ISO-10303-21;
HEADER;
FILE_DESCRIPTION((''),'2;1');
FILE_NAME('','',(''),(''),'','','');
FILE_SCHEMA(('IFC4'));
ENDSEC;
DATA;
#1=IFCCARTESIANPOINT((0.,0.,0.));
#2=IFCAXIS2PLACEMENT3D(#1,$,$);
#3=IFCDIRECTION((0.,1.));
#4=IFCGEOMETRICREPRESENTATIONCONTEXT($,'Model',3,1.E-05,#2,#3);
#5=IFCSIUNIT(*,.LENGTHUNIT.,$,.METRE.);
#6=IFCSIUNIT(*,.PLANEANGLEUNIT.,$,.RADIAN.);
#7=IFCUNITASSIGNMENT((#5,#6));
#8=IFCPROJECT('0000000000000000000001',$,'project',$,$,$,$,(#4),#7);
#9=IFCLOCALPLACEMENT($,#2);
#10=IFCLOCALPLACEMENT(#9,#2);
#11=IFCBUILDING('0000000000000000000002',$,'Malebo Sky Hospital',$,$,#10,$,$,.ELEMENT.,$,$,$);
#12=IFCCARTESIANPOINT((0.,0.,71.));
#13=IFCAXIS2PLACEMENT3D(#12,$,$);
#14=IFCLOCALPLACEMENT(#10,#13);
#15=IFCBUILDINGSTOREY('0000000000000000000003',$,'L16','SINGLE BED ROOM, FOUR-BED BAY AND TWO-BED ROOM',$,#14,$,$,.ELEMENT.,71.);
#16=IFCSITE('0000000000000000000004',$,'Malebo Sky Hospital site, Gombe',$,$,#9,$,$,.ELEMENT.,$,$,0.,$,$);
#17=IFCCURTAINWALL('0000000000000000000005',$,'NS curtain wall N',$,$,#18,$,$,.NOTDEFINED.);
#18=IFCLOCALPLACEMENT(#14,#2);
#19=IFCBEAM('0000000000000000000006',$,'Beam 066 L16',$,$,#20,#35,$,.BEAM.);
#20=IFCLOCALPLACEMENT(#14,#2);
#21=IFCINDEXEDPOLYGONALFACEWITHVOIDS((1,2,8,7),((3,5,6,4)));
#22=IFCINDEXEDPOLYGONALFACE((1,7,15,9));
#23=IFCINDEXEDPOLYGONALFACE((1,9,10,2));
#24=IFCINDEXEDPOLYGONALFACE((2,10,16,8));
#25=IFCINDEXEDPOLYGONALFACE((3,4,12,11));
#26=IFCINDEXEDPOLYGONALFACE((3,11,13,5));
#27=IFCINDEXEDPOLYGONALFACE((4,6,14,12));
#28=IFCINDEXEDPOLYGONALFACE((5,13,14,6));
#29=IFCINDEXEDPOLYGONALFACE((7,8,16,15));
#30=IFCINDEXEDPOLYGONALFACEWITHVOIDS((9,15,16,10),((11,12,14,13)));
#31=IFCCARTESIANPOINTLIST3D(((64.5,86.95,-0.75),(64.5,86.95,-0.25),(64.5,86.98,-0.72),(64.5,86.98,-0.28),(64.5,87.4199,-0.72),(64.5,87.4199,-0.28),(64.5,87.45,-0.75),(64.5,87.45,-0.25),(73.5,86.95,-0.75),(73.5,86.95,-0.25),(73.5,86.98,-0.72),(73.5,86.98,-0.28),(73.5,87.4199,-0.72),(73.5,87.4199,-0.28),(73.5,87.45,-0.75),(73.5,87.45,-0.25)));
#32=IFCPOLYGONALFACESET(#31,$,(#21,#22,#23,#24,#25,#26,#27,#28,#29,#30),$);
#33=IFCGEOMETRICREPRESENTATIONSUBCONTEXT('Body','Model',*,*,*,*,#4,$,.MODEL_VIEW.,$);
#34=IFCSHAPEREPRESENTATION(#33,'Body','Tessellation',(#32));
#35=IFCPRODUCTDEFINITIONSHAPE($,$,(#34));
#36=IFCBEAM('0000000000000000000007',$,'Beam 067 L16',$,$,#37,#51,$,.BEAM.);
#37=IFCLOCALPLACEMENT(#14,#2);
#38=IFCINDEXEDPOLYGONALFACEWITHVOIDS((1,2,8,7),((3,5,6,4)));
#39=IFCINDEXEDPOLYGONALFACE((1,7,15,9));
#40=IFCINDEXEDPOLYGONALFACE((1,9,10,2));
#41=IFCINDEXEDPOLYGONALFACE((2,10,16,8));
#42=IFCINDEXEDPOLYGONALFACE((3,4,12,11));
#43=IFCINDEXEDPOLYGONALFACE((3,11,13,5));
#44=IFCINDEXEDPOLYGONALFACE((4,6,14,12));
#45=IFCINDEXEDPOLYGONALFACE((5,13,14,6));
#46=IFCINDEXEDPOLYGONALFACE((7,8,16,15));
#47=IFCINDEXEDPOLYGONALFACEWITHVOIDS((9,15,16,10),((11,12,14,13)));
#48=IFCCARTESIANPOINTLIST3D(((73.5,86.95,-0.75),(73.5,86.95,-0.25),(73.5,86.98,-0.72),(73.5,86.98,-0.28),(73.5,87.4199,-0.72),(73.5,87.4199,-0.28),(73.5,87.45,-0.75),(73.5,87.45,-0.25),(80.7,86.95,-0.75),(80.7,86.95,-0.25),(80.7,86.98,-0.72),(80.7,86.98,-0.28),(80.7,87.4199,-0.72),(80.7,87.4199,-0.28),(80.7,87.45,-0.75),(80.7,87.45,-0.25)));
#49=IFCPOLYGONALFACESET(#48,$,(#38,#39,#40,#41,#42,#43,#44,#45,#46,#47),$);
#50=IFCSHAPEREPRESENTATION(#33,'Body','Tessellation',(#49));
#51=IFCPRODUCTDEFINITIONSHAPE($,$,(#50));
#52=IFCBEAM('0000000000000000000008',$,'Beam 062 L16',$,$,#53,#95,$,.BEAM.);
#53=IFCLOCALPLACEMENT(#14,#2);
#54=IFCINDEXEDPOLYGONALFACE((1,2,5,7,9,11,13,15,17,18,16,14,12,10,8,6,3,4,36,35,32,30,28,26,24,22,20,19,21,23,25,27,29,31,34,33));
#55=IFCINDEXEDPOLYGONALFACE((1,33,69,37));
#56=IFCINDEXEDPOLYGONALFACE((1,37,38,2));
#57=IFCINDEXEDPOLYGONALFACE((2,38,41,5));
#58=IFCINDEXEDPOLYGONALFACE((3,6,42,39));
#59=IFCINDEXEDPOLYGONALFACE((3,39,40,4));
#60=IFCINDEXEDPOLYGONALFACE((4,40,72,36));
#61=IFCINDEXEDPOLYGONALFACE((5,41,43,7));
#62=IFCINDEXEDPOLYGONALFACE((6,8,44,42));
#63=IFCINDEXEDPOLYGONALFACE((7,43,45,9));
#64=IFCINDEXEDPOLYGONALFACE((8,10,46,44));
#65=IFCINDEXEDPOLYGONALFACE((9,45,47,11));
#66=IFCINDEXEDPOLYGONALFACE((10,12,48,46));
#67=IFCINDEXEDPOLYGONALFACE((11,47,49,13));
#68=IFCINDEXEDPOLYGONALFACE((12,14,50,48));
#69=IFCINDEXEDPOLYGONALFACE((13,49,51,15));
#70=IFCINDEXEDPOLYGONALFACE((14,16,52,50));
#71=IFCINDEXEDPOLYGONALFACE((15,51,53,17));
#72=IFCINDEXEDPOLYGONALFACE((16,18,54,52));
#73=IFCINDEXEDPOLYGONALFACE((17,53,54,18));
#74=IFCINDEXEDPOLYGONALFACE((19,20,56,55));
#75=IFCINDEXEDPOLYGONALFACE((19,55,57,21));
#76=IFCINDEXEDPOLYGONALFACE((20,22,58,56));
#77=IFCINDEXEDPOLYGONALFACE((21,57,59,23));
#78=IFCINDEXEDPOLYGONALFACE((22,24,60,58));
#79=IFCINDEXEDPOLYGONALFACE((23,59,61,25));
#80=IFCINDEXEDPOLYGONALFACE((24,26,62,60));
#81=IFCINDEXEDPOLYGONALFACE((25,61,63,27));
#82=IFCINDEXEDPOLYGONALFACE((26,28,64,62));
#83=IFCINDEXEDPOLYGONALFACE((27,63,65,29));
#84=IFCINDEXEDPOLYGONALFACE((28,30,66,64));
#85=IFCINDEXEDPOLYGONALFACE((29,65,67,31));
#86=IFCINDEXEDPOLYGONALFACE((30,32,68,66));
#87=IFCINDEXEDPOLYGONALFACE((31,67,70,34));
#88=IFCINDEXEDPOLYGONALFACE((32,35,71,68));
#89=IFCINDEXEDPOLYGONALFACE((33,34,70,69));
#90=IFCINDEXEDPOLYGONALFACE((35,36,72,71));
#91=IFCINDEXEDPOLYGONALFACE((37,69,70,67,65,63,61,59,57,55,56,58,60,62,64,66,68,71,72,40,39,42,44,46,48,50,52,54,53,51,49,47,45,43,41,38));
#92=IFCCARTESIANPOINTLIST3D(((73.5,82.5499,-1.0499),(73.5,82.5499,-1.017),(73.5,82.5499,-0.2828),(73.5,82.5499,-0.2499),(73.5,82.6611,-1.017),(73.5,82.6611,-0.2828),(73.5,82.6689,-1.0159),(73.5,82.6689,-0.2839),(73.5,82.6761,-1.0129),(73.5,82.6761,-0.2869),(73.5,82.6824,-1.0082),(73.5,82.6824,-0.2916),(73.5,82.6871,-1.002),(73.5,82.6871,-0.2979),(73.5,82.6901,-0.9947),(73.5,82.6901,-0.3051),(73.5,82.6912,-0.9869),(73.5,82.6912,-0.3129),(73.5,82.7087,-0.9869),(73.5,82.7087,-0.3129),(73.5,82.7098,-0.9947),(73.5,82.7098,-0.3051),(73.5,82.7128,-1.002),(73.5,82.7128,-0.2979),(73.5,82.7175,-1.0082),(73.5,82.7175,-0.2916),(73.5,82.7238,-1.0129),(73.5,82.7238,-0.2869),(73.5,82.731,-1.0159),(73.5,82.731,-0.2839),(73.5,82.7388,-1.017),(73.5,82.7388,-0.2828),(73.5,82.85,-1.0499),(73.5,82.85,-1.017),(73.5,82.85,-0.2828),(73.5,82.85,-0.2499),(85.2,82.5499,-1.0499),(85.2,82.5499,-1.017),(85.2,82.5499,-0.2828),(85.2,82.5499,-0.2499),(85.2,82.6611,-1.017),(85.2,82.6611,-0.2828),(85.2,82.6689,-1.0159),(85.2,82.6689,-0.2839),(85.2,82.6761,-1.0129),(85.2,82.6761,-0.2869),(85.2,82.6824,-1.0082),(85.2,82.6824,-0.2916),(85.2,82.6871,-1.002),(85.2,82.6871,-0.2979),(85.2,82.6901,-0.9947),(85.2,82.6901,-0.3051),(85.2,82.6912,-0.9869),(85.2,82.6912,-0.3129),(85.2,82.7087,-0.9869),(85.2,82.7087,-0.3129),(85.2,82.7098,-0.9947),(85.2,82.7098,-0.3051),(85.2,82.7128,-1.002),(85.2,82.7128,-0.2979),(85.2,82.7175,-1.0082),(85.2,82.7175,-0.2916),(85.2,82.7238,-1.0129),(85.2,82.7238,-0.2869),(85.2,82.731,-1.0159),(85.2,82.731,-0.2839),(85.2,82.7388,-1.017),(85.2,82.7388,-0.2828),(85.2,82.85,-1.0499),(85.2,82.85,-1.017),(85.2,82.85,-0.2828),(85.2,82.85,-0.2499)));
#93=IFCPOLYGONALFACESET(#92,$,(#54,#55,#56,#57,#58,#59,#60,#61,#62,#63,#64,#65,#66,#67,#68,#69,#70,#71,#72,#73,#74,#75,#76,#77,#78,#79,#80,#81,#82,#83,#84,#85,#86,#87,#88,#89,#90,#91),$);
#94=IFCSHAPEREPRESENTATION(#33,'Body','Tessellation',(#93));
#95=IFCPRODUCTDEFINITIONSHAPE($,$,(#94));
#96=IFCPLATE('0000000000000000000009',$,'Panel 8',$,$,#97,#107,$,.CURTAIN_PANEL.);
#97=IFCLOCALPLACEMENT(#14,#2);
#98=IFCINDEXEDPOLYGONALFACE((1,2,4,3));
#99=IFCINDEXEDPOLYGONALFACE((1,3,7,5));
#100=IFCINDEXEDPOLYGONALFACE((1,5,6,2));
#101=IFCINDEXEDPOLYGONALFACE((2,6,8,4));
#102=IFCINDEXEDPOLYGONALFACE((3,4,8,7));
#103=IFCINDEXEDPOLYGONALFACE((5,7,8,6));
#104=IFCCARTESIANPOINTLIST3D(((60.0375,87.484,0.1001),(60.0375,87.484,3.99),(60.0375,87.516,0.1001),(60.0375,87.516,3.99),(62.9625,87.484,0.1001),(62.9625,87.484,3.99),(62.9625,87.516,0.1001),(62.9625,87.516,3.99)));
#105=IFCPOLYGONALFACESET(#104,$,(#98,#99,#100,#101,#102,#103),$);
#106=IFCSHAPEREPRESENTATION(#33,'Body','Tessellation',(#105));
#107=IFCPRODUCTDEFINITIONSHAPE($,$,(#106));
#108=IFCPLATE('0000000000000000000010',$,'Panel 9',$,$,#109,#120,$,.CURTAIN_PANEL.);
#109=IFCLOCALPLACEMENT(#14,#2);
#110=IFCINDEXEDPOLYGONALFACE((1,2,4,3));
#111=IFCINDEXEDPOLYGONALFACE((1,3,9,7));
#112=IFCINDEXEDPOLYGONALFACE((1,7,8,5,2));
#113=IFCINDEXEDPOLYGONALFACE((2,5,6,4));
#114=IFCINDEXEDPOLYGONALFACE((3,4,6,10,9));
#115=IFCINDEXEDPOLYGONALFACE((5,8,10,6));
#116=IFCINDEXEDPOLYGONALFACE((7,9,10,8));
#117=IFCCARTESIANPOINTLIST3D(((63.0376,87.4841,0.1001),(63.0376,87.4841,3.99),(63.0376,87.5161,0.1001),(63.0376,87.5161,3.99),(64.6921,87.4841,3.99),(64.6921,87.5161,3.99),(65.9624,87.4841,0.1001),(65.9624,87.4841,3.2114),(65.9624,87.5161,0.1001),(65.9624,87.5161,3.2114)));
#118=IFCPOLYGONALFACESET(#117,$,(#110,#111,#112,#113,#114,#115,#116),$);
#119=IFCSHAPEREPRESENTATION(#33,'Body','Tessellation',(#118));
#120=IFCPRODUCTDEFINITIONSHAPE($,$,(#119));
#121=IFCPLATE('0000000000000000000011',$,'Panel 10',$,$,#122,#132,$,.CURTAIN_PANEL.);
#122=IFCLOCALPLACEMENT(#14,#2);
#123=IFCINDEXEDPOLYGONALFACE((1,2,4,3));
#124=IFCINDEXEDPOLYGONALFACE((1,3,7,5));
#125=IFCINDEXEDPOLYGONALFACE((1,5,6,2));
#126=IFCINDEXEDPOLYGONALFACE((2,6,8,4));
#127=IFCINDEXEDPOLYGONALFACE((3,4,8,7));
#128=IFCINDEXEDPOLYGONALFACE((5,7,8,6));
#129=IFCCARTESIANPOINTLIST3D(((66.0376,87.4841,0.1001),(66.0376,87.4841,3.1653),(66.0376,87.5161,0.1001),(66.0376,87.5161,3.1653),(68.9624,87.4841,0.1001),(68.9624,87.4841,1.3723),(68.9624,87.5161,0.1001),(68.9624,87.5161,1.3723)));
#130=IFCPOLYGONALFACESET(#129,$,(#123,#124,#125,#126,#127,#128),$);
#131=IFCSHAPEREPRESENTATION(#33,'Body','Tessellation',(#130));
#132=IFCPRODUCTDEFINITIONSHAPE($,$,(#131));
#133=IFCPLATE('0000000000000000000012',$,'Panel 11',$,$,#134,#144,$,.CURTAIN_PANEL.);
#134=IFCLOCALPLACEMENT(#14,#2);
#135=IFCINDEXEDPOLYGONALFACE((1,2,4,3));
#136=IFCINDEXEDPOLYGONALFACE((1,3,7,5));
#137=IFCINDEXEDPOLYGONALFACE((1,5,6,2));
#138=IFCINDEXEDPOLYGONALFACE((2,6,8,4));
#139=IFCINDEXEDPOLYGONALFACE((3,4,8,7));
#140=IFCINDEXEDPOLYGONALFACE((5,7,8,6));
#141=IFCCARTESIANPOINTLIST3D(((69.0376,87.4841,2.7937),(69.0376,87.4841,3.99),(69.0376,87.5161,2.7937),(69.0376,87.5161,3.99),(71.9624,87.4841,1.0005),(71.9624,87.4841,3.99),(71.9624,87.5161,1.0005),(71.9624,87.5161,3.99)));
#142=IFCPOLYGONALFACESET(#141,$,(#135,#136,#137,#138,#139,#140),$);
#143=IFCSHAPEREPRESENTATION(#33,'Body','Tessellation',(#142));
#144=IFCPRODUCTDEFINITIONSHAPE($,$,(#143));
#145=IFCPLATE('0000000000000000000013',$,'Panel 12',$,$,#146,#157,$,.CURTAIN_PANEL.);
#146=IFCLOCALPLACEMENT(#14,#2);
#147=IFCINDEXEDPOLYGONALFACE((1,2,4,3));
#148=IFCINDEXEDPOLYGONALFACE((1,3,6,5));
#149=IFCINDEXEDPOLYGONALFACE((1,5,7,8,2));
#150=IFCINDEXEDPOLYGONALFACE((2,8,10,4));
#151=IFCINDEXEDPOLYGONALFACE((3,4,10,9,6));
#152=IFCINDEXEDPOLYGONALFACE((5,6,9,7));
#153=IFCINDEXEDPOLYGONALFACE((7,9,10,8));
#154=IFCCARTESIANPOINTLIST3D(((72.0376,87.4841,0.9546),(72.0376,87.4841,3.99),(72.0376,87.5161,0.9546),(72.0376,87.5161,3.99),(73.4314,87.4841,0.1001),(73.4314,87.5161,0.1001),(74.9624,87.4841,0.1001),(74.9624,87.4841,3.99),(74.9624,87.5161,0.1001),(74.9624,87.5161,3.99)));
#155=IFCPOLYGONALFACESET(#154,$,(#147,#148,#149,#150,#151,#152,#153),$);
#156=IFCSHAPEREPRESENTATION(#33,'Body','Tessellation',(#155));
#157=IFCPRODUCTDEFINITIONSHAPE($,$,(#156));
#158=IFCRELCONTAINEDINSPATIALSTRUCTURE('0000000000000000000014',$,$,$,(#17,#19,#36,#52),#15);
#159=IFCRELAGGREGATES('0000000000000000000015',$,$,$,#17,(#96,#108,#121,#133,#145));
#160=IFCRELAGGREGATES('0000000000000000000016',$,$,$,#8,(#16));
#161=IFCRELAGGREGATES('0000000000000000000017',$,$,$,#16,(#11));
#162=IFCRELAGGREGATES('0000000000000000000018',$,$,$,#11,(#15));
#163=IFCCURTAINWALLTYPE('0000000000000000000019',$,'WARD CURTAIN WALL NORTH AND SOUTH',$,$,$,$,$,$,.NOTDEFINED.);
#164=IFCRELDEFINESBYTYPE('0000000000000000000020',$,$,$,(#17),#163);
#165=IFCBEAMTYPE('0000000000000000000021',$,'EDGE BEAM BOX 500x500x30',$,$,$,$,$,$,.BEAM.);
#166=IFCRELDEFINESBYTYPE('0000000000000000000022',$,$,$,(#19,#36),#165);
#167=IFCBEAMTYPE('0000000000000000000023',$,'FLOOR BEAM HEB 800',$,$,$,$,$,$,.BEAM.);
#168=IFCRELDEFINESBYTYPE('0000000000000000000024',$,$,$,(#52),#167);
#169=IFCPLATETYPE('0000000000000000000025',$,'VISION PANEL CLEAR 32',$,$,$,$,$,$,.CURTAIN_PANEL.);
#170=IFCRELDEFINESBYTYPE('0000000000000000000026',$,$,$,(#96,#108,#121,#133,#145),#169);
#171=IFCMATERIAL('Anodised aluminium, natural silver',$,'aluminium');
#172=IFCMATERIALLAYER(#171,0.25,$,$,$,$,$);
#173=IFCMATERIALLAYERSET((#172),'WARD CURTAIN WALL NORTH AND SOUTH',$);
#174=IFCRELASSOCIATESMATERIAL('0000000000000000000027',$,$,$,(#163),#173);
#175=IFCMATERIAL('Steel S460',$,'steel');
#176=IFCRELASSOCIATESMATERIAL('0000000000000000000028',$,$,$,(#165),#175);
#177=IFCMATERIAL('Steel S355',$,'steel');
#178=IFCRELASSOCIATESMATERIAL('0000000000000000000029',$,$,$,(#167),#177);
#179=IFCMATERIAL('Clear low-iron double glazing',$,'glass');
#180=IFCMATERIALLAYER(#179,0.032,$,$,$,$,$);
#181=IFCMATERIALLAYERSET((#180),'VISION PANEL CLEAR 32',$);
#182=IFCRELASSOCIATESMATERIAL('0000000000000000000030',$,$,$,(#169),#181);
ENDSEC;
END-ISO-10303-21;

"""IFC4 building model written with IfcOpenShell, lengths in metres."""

from ifc_helpers import new_model, si_unit, direction, frame, origin, origin_2d, place, context, subcontext, project, spatial, polyline, rectangle, hollow_rectangle, i_section, outline, extrude, material, layer, layer_set, material_profile, profile_set, type_object, element, aggregate, save


model = new_model("IFC4")

# Units and contexts
model_context = context("Model", 3, precision=1e-05, world=origin(), true_north=direction((0.0, 1.0)))
body_context = subcontext(model_context, "Body", "Model", "MODEL_VIEW")
ifc_project = project(units=[si_unit("LENGTHUNIT", "METRE"), si_unit("PLANEANGLEUNIT", "RADIAN")], contexts=[model_context])

# Site, building, storey
site_placement = place(None, origin())
site = spatial("IfcSite", under=ifc_project, at=site_placement, Name="Malebo Sky Hospital site, Gombe", CompositionType="ELEMENT", RefElevation=0.0)
building_placement = place(site_placement, origin())
building = spatial("IfcBuilding", under=site, at=building_placement, Name="Malebo Sky Hospital", CompositionType="ELEMENT")
storey_placement = place(building_placement, frame((0.0, 0.0, 71.0)))
storey = spatial("IfcBuildingStorey", under=building, at=storey_placement, Name="L16", Description="SINGLE BED ROOM, FOUR-BED BAY AND TWO-BED ROOM", CompositionType="ELEMENT", Elevation=71.0)

# Shared definitions
ifc_material_1 = material(Name="Steel S460", Category="steel")

# Curtain wall
ifc_material_2 = material(Name="Anodised aluminium, natural silver", Category="aluminium")
ifc_layer_1 = layer(ifc_material_2, 0.25)
ifc_layer_set_1 = layer_set([ifc_layer_1], Name="WARD CURTAIN WALL NORTH AND SOUTH")
curtain_wall_type = type_object("IfcCurtainWallType", Name="WARD CURTAIN WALL NORTH AND SOUTH", PredefinedType="NOTDEFINED", material=ifc_layer_set_1)
curtain_wall_placement = place(storey_placement, origin())
curtain_wall = element("IfcCurtainWall", 1, at=curtain_wall_placement, inside=storey, type_object=curtain_wall_type, Name="NS curtain wall N", PredefinedType="NOTDEFINED")

# Shared definitions
ifc_material_3 = material(Name="Steel S355", Category="steel")

# Beams
ifc_material_profile_1 = material_profile(ifc_material_1, hollow_rectangle(XDim=0.5, YDim=0.5, WallThickness=0.03, at=origin_2d()), Name="BOX 500x500x30")
ifc_profile_set_1 = profile_set([ifc_material_profile_1], Name="Steel S460")
beam_type_1 = type_object("IfcBeamType", Name="EDGE BEAM BOX 500x500x30", PredefinedType="BEAM", material=ifc_profile_set_1)
beam_1_placement = place(storey_placement, frame((64.5, 87.2, -0.5), z_axis=(1.0, 0.0, 0.0), x_axis=(0.0, 1.0, 0.0)))
element("IfcBeam", 2, at=beam_1_placement, inside=storey, type_object=beam_type_1, Name="Beam 066 L16", PredefinedType="BEAM", context=body_context, shape_type="SweptSolid", body=[
    extrude(hollow_rectangle(XDim=0.5, YDim=0.5, WallThickness=0.03, at=origin_2d()), origin(), (0.0, 0.0, 1.0), 9.0),
])
beam_2_placement = place(storey_placement, frame((73.5, 87.2, -0.5), z_axis=(1.0, 0.0, 0.0), x_axis=(0.0, 1.0, 0.0)))
element("IfcBeam", 3, at=beam_2_placement, inside=storey, type_object=beam_type_1, Name="Beam 067 L16", PredefinedType="BEAM", context=body_context, shape_type="SweptSolid", body=[
    extrude(hollow_rectangle(XDim=0.5, YDim=0.5, WallThickness=0.03, at=origin_2d()), origin(), (0.0, 0.0, 1.0), 7.2),
])
ifc_material_profile_2 = material_profile(ifc_material_3, i_section(OverallWidth=0.3, OverallDepth=0.8, WebThickness=0.0176, FlangeThickness=0.033, FilletRadius=0.03, at=origin_2d()), Name="HEB 800")
ifc_profile_set_2 = profile_set([ifc_material_profile_2], Name="Steel S355")
beam_type_2 = type_object("IfcBeamType", Name="FLOOR BEAM HEB 800", PredefinedType="BEAM", material=ifc_profile_set_2)
beam_3_placement = place(storey_placement, frame((73.5, 82.7, -0.6499), z_axis=(1.0, 0.0, 0.0), x_axis=(0.0, 1.0, 0.0)))
element("IfcBeam", 4, at=beam_3_placement, inside=storey, type_object=beam_type_2, Name="Beam 062 L16", PredefinedType="BEAM", context=body_context, shape_type="SweptSolid", body=[
    extrude(i_section(OverallWidth=0.3, OverallDepth=0.8, WebThickness=0.0176, FlangeThickness=0.033, FilletRadius=0.03, at=origin_2d()), origin(), (0.0, 0.0, 1.0), 11.7),
])

# Plates
ifc_material_4 = material(Name="Clear low-iron double glazing", Category="glass")
ifc_layer_2 = layer(ifc_material_4, 0.032)
ifc_layer_set_2 = layer_set([ifc_layer_2], Name="VISION PANEL CLEAR 32")
plate_type = type_object("IfcPlateType", Name="VISION PANEL CLEAR 32", PredefinedType="CURTAIN_PANEL", material=ifc_layer_set_2)
plate_1_placement = place(storey_placement, frame((61.5, 87.5, 0.1001), z_axis=(0.0, 0.0, 1.0), x_axis=(1.0, 0.0, 0.0)))
plate_1 = element("IfcPlate", 5, at=plate_1_placement, type_object=plate_type, Name="Panel 8", PredefinedType="CURTAIN_PANEL", context=body_context, shape_type="SweptSolid", body=[
    extrude(rectangle(XDim=2.925, YDim=0.032, at=origin_2d()), origin(), (0.0, 0.0, 1.0), 3.8899),
])
plate_2_placement = place(storey_placement, frame((64.5, 87.5, 0.1001), z_axis=(0.0, 0.0, 1.0), x_axis=(1.0, 0.0, 0.0)))
plate_2 = element("IfcPlate", 6, at=plate_2_placement, type_object=plate_type, Name="Panel 9", PredefinedType="CURTAIN_PANEL", context=body_context, shape_type="SweptSolid", body=[
    extrude(outline(polyline([(-1.4624, 0.0), (1.4624, 0.0), (1.4624, 3.1113), (0.1921, 3.8899), (-1.4624, 3.8899), (-1.4624, 0.0)])), frame((0.0, 0.0161, 0.0), z_axis=(0.0, -1.0, 0.0), x_axis=(1.0, 0.0, 0.0)), (0.0, 0.0, 1.0), 0.032),
])
plate_3_placement = place(storey_placement, frame((67.5, 87.5, 0.1001), z_axis=(0.0, 0.0, 1.0), x_axis=(1.0, 0.0, 0.0)))
plate_3 = element("IfcPlate", 7, at=plate_3_placement, type_object=plate_type, Name="Panel 10", PredefinedType="CURTAIN_PANEL", context=body_context, shape_type="SweptSolid", body=[
    extrude(outline(polyline([(-1.4624, 0.0), (1.4624, 0.0), (1.4624, 1.2722), (-1.4624, 3.0652), (-1.4624, 0.0)])), frame((0.0, 0.0161, 0.0), z_axis=(0.0, -1.0, 0.0), x_axis=(1.0, 0.0, 0.0)), (0.0, 0.0, 1.0), 0.032),
])
plate_4_placement = place(storey_placement, frame((70.5, 87.5, 1.0005), z_axis=(0.0, 0.0, 1.0), x_axis=(1.0, 0.0, 0.0)))
plate_4 = element("IfcPlate", 8, at=plate_4_placement, type_object=plate_type, Name="Panel 11", PredefinedType="CURTAIN_PANEL", context=body_context, shape_type="SweptSolid", body=[
    extrude(outline(polyline([(1.4624, 0.0), (1.4624, 2.9895), (-1.4624, 2.9895), (-1.4624, 1.7932), (1.4624, 0.0)])), frame((0.0, 0.0161, 0.0), z_axis=(0.0, -1.0, 0.0), x_axis=(1.0, 0.0, 0.0)), (0.0, 0.0, 1.0), 0.032),
])
plate_5_placement = place(storey_placement, frame((73.5, 87.5, 0.1001), z_axis=(0.0, 0.0, 1.0), x_axis=(1.0, 0.0, 0.0)))
plate_5 = element("IfcPlate", 9, at=plate_5_placement, type_object=plate_type, Name="Panel 12", PredefinedType="CURTAIN_PANEL", context=body_context, shape_type="SweptSolid", body=[
    extrude(outline(polyline([(-0.0686, 0.0), (1.4624, 0.0), (1.4624, 3.8899), (-1.4624, 3.8899), (-1.4624, 0.8545), (-0.0686, 0.0)])), frame((0.0, 0.0161, 0.0), z_axis=(0.0, -1.0, 0.0), x_axis=(1.0, 0.0, 0.0)), (0.0, 0.0, 1.0), 0.032),
])
aggregate(curtain_wall, [plate_1, plate_2, plate_3, plate_4, plate_5])

save(model, "model.ifc")
